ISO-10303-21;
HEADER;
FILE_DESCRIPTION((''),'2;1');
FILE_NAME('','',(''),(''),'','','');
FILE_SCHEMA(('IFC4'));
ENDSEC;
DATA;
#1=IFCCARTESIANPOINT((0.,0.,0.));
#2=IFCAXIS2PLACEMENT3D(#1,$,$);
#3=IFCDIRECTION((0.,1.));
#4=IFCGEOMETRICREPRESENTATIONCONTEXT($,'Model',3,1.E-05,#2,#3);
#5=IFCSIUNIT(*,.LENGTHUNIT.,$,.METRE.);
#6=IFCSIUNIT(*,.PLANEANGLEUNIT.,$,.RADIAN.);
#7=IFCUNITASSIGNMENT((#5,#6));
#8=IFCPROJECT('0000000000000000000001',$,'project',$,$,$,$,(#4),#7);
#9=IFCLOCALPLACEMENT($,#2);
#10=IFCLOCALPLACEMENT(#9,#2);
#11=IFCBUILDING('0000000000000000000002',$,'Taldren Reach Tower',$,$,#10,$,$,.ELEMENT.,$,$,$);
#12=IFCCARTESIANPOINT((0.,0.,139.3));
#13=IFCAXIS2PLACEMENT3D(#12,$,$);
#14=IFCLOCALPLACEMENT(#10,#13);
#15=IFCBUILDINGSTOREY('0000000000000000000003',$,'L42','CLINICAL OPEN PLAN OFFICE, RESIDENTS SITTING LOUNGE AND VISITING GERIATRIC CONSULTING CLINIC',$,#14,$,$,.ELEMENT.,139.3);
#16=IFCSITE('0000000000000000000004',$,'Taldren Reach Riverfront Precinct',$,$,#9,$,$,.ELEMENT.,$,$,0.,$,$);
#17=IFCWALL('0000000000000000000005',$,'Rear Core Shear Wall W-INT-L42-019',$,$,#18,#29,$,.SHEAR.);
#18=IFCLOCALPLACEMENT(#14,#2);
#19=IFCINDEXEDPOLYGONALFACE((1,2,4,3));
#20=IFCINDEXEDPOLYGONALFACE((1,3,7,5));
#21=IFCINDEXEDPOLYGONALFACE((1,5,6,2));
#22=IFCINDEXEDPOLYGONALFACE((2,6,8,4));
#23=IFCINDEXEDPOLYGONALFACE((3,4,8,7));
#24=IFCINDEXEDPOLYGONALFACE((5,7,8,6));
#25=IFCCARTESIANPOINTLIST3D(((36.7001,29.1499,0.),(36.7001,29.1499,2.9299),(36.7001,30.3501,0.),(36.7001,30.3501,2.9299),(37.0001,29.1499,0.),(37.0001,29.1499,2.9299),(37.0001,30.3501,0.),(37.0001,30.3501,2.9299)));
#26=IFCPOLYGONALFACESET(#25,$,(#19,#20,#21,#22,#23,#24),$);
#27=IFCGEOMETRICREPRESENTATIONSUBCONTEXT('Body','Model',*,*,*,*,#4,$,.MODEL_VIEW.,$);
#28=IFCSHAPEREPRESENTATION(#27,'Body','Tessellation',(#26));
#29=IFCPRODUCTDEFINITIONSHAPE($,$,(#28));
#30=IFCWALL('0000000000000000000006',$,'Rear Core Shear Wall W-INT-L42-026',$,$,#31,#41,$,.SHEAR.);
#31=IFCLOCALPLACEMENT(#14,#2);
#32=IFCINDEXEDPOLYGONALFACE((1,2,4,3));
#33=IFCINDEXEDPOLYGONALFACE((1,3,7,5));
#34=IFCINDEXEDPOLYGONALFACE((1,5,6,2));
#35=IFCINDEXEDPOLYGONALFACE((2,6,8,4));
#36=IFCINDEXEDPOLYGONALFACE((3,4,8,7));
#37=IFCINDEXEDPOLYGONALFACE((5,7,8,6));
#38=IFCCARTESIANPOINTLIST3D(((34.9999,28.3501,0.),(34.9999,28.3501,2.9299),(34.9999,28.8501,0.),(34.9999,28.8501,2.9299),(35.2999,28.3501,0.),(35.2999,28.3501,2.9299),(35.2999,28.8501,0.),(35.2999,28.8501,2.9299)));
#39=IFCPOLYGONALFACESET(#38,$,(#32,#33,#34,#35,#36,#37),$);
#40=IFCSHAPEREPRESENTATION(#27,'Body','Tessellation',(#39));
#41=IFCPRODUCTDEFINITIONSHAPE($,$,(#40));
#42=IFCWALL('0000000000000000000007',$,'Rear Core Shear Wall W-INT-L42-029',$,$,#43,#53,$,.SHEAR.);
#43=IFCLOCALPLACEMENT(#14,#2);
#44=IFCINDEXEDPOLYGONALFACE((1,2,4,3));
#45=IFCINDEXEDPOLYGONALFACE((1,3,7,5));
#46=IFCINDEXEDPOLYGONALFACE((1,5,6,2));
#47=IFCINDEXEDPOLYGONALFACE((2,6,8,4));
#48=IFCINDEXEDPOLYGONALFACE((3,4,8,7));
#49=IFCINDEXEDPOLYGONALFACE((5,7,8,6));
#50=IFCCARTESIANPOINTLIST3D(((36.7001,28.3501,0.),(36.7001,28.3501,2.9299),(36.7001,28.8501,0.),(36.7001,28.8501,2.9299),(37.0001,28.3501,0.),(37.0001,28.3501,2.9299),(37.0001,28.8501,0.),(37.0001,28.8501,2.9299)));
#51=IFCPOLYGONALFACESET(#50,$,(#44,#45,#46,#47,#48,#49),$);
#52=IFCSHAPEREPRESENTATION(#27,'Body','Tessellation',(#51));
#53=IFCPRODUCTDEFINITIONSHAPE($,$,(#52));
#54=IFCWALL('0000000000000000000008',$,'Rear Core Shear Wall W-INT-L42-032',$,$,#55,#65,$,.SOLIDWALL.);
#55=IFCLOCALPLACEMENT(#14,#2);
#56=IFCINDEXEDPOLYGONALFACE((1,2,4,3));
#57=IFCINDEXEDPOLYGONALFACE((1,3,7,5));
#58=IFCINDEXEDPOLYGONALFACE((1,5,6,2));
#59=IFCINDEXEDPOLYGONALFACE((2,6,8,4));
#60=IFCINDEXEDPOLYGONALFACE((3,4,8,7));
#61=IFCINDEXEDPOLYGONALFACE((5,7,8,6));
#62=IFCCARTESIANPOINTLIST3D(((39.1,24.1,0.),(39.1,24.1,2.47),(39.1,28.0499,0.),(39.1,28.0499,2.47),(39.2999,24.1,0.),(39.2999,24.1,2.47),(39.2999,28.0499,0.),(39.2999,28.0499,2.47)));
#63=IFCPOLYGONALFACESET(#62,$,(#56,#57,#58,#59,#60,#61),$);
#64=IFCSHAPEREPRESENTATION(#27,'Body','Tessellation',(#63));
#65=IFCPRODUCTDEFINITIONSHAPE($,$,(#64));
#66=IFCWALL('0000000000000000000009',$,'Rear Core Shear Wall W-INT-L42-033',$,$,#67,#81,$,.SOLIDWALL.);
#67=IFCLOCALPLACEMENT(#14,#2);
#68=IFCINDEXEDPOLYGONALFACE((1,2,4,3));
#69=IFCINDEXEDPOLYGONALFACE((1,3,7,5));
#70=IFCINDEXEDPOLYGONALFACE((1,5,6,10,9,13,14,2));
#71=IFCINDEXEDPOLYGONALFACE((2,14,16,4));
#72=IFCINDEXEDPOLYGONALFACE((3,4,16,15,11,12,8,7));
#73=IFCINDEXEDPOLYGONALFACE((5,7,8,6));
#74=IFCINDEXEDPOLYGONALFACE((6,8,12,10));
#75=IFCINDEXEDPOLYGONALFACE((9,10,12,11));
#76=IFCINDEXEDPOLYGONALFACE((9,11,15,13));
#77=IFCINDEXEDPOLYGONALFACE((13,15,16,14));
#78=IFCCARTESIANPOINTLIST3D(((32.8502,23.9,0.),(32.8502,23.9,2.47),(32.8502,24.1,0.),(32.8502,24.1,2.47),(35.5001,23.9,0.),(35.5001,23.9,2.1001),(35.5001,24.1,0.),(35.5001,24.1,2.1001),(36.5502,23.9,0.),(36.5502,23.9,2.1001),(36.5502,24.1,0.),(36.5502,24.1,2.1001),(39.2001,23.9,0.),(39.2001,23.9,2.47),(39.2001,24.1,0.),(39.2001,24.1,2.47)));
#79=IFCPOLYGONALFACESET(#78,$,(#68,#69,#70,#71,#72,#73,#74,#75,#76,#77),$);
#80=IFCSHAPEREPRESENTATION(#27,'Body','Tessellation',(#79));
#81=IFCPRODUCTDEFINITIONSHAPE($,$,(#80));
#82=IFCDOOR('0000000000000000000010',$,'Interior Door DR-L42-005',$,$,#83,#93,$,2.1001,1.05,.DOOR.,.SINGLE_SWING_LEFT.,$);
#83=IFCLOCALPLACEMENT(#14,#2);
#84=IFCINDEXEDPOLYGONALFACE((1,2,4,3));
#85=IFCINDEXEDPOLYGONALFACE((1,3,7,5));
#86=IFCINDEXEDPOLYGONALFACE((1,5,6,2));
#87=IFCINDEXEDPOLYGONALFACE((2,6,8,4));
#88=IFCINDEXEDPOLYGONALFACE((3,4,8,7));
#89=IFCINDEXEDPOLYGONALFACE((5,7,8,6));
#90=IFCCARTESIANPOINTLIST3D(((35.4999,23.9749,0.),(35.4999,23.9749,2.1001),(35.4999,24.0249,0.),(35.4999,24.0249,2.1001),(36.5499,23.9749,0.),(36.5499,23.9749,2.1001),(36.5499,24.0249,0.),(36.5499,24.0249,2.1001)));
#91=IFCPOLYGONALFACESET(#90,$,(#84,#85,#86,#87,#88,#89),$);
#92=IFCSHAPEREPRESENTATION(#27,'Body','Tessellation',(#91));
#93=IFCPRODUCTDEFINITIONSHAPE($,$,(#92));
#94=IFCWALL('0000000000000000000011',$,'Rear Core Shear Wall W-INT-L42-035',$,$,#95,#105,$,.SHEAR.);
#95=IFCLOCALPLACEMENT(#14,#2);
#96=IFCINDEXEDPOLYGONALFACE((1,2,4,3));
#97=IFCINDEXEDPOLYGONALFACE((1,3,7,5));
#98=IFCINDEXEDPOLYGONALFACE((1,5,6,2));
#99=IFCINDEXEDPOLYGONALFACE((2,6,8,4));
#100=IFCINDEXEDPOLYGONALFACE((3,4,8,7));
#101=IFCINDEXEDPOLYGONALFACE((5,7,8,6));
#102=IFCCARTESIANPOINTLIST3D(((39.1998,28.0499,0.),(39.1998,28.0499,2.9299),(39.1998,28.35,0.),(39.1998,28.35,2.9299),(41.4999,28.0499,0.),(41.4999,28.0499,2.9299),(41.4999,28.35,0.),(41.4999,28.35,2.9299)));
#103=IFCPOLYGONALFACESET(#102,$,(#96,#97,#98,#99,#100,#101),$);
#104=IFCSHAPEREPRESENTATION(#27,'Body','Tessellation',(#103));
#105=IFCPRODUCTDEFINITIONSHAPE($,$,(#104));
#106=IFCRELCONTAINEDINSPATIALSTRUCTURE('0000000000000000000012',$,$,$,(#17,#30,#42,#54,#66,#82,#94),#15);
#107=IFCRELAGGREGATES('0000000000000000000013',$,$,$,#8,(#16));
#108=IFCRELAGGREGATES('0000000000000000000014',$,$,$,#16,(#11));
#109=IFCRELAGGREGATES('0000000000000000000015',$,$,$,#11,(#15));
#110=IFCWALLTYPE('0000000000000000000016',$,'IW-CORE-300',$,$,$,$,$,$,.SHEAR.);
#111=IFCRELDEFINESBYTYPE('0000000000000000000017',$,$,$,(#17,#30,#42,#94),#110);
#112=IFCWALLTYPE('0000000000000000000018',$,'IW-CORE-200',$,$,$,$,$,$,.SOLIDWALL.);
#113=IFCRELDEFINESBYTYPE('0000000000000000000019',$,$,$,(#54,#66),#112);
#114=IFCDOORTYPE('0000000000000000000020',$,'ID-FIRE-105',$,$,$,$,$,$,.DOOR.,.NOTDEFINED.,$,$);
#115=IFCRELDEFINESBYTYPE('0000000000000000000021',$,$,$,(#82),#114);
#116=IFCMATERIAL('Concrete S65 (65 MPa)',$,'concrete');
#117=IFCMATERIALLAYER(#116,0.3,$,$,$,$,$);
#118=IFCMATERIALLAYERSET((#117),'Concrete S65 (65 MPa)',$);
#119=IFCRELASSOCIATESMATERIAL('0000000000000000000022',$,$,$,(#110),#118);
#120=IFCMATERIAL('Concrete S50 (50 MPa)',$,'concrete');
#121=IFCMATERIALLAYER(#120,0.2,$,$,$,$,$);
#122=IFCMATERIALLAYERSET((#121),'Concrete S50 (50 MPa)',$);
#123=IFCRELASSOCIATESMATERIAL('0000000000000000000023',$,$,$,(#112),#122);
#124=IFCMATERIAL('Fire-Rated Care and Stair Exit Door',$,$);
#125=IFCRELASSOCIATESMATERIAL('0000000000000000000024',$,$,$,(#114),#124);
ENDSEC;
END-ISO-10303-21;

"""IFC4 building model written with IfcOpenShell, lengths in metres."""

from ifc_helpers import new_model, si_unit, direction, frame, frame_2d, origin, place, context, subcontext, project, spatial, rectangle, extrude, source, transform, mapped, material, layer, layer_set, type_object, element, fill, save


model = new_model("IFC4")

# Units and contexts
model_context = context("Model", 3, precision=1e-05, world=origin(), true_north=direction((0.0, 1.0)))
body_context = subcontext(model_context, "Body", "Model", "MODEL_VIEW")
ifc_project = project(units=[si_unit("LENGTHUNIT", "METRE"), si_unit("PLANEANGLEUNIT", "RADIAN")], contexts=[model_context])

# Site, building, storey
site_placement = place(None, origin())
site = spatial("IfcSite", under=ifc_project, at=site_placement, Name="Taldren Reach Riverfront Precinct", CompositionType="ELEMENT", RefElevation=0.0)
building_placement = place(site_placement, origin())
building = spatial("IfcBuilding", under=site, at=building_placement, Name="Taldren Reach Tower", CompositionType="ELEMENT")
storey_placement = place(building_placement, frame((0.0, 0.0, 139.3)))
storey = spatial("IfcBuildingStorey", under=building, at=storey_placement, Name="L42", Description="CLINICAL OPEN PLAN OFFICE, RESIDENTS SITTING LOUNGE AND VISITING GERIATRIC CONSULTING CLINIC", CompositionType="ELEMENT", Elevation=139.3)

# Walls
ifc_material_1 = material(Name="Concrete S65 (65 MPa)", Category="concrete")
ifc_layer_1 = layer(ifc_material_1, 0.3)
ifc_layer_set_1 = layer_set([ifc_layer_1], Name="Concrete S65 (65 MPa)")
wall_type_1 = type_object("IfcWallType", Name="IW-CORE-300", PredefinedType="SHEAR", material=ifc_layer_set_1)
shared_shape_1 = source(origin(), body_context, "Body", "SweptSolid", [
    extrude(rectangle(XDim=1.2002, YDim=0.3, at=frame_2d((0.6001, 0.0))), origin(), (0.0, 0.0, 1.0), 2.9299),
])
for number, where, z_axis, x_axis, name in (
    (1, (36.8501, 29.1499, 0.0), (0.0, 0.0, 1.0), (0.0, 1.0, 0.0), "Rear Core Shear Wall W-INT-L42-019"),
):
    element("IfcWall", number, at=place(storey_placement, frame(where, z_axis=z_axis, x_axis=x_axis)), inside=storey, type_object=wall_type_1, Name=name, PredefinedType="SHEAR", context=body_context, shape_type="MappedRepresentation", body=[
        mapped(shared_shape_1, transform((0.0, 0.0, 0.0), scale=1.0)),
    ])
shared_shape_2 = source(origin(), body_context, "Body", "SweptSolid", [
    extrude(rectangle(XDim=0.5, YDim=0.3, at=frame_2d((0.25, 0.0))), origin(), (0.0, 0.0, 1.0), 2.9299),
])
for number, where, z_axis, x_axis, name in (
    (2, (35.1499, 28.3501, 0.0), (0.0, 0.0, 1.0), (0.0, 1.0, 0.0), "Rear Core Shear Wall W-INT-L42-026"),
    (3, (36.8501, 28.8501, 0.0), (0.0, 0.0, 1.0), (0.0, -1.0, 0.0), "Rear Core Shear Wall W-INT-L42-029"),
):
    element("IfcWall", number, at=place(storey_placement, frame(where, z_axis=z_axis, x_axis=x_axis)), inside=storey, type_object=wall_type_1, Name=name, PredefinedType="SHEAR", context=body_context, shape_type="MappedRepresentation", body=[
        mapped(shared_shape_2, transform((0.0, 0.0, 0.0), scale=1.0)),
    ])

# Wall
ifc_material_2 = material(Name="Concrete S50 (50 MPa)", Category="concrete")
ifc_layer_2 = layer(ifc_material_2, 0.2)
ifc_layer_set_2 = layer_set([ifc_layer_2], Name="Concrete S50 (50 MPa)")
wall_type_2 = type_object("IfcWallType", Name="IW-CORE-200", PredefinedType="SOLIDWALL", material=ifc_layer_set_2)
shared_shape_3 = source(origin(), body_context, "Body", "SweptSolid", [
    extrude(rectangle(XDim=3.95, YDim=0.2, at=frame_2d((1.9751, 0.0))), origin(), (0.0, 0.0, 1.0), 2.47),
])
wall_1_placement = place(storey_placement, frame((39.2, 28.05, 0.0), z_axis=(0.0, 0.0, 1.0), x_axis=(0.0, -1.0, 0.0)))
element("IfcWall", 4, at=wall_1_placement, inside=storey, type_object=wall_type_2, Name="Rear Core Shear Wall W-INT-L42-032", PredefinedType="SOLIDWALL", context=body_context, shape_type="MappedRepresentation", body=[
    mapped(shared_shape_3, transform((0.0, 0.0, 0.0), scale=1.0)),
])

# Wall, opening, door
shared_shape_4 = source(origin(), body_context, "Body", "SweptSolid", [
    extrude(rectangle(XDim=6.3499, YDim=0.2, at=frame_2d((3.1748, 0.0))), origin(), (0.0, 0.0, 1.0), 2.47),
])
wall_2_placement = place(storey_placement, frame((39.2, 24.0, 0.0), z_axis=(0.0, 0.0, 1.0), x_axis=(-1.0, 0.0, 0.0)))
wall_2 = element("IfcWall", 5, at=wall_2_placement, inside=storey, type_object=wall_type_2, Name="Rear Core Shear Wall W-INT-L42-033", PredefinedType="SOLIDWALL", context=body_context, shape_type="MappedRepresentation", body=[
    mapped(shared_shape_4, transform((0.0, 0.0, 0.0), scale=1.0)),
])
shared_shape_5 = source(origin(), body_context, "Body", "SweptSolid", [
    extrude(rectangle(XDim=1.05, YDim=2.1001, at=frame_2d((0.5249, 1.05))), frame((0.0, 0.1099, 0.0), z_axis=(0.0, -1.0, 0.0), x_axis=(1.0, 0.0, 0.0)), (0.0, 0.0, 1.0), 0.22),
])
opening_1_placement = place(wall_2_placement, frame((2.6499, 0.0, 0.0)))
opening_1 = element("IfcOpeningElement", 6, at=opening_1_placement, cuts=wall_2, PredefinedType="OPENING", context=body_context, shape_type="MappedRepresentation", body=[
    mapped(shared_shape_5, transform((0.0, 0.0, 0.0), scale=1.0)),
])
ifc_material_3 = material(Name="Fire-Rated Care and Stair Exit Door")
door_type_1 = type_object("IfcDoorType", Name="ID-FIRE-105", OperationType="NOTDEFINED", PredefinedType="DOOR", material=ifc_material_3)
shared_shape_6 = source(origin(), body_context, "Body", "SweptSolid", [
    extrude(rectangle(XDim=1.05, YDim=2.1001, at=frame_2d((0.5249, 1.05))), frame((0.0, 0.0249, 0.0), z_axis=(0.0, -1.0, 0.0), x_axis=(1.0, 0.0, 0.0)), (0.0, 0.0, 1.0), 0.05),
])
door_1_placement = place(opening_1_placement, frame((1.05, 0.0, 0.0), z_axis=(0.0, 0.0, 1.0), x_axis=(-1.0, 0.0, 0.0)))
door_1 = element("IfcDoor", 7, at=door_1_placement, inside=storey, type_object=door_type_1, Name="Interior Door DR-L42-005", OperationType="SINGLE_SWING_LEFT", OverallHeight=2.1001, OverallWidth=1.05, PredefinedType="DOOR", context=body_context, shape_type="MappedRepresentation", body=[
    mapped(shared_shape_6, transform((0.0, 0.0, 0.0), scale=1.0)),
])
fill(opening_1, door_1)

# Wall
shared_shape_7 = source(origin(), body_context, "Body", "SweptSolid", [
    extrude(rectangle(XDim=2.3, YDim=0.3, at=frame_2d((1.1499, 0.0))), origin(), (0.0, 0.0, 1.0), 2.9299),
])
wall_3_placement = place(storey_placement, frame((39.2, 28.2, 0.0), z_axis=(0.0, 0.0, 1.0), x_axis=(1.0, 0.0, 0.0)))
element("IfcWall", 8, at=wall_3_placement, inside=storey, type_object=wall_type_1, Name="Rear Core Shear Wall W-INT-L42-035", PredefinedType="SHEAR", context=body_context, shape_type="MappedRepresentation", body=[
    mapped(shared_shape_7, transform((0.0, 0.0, 0.0), scale=1.0)),
])

save(model, "model.ifc")
